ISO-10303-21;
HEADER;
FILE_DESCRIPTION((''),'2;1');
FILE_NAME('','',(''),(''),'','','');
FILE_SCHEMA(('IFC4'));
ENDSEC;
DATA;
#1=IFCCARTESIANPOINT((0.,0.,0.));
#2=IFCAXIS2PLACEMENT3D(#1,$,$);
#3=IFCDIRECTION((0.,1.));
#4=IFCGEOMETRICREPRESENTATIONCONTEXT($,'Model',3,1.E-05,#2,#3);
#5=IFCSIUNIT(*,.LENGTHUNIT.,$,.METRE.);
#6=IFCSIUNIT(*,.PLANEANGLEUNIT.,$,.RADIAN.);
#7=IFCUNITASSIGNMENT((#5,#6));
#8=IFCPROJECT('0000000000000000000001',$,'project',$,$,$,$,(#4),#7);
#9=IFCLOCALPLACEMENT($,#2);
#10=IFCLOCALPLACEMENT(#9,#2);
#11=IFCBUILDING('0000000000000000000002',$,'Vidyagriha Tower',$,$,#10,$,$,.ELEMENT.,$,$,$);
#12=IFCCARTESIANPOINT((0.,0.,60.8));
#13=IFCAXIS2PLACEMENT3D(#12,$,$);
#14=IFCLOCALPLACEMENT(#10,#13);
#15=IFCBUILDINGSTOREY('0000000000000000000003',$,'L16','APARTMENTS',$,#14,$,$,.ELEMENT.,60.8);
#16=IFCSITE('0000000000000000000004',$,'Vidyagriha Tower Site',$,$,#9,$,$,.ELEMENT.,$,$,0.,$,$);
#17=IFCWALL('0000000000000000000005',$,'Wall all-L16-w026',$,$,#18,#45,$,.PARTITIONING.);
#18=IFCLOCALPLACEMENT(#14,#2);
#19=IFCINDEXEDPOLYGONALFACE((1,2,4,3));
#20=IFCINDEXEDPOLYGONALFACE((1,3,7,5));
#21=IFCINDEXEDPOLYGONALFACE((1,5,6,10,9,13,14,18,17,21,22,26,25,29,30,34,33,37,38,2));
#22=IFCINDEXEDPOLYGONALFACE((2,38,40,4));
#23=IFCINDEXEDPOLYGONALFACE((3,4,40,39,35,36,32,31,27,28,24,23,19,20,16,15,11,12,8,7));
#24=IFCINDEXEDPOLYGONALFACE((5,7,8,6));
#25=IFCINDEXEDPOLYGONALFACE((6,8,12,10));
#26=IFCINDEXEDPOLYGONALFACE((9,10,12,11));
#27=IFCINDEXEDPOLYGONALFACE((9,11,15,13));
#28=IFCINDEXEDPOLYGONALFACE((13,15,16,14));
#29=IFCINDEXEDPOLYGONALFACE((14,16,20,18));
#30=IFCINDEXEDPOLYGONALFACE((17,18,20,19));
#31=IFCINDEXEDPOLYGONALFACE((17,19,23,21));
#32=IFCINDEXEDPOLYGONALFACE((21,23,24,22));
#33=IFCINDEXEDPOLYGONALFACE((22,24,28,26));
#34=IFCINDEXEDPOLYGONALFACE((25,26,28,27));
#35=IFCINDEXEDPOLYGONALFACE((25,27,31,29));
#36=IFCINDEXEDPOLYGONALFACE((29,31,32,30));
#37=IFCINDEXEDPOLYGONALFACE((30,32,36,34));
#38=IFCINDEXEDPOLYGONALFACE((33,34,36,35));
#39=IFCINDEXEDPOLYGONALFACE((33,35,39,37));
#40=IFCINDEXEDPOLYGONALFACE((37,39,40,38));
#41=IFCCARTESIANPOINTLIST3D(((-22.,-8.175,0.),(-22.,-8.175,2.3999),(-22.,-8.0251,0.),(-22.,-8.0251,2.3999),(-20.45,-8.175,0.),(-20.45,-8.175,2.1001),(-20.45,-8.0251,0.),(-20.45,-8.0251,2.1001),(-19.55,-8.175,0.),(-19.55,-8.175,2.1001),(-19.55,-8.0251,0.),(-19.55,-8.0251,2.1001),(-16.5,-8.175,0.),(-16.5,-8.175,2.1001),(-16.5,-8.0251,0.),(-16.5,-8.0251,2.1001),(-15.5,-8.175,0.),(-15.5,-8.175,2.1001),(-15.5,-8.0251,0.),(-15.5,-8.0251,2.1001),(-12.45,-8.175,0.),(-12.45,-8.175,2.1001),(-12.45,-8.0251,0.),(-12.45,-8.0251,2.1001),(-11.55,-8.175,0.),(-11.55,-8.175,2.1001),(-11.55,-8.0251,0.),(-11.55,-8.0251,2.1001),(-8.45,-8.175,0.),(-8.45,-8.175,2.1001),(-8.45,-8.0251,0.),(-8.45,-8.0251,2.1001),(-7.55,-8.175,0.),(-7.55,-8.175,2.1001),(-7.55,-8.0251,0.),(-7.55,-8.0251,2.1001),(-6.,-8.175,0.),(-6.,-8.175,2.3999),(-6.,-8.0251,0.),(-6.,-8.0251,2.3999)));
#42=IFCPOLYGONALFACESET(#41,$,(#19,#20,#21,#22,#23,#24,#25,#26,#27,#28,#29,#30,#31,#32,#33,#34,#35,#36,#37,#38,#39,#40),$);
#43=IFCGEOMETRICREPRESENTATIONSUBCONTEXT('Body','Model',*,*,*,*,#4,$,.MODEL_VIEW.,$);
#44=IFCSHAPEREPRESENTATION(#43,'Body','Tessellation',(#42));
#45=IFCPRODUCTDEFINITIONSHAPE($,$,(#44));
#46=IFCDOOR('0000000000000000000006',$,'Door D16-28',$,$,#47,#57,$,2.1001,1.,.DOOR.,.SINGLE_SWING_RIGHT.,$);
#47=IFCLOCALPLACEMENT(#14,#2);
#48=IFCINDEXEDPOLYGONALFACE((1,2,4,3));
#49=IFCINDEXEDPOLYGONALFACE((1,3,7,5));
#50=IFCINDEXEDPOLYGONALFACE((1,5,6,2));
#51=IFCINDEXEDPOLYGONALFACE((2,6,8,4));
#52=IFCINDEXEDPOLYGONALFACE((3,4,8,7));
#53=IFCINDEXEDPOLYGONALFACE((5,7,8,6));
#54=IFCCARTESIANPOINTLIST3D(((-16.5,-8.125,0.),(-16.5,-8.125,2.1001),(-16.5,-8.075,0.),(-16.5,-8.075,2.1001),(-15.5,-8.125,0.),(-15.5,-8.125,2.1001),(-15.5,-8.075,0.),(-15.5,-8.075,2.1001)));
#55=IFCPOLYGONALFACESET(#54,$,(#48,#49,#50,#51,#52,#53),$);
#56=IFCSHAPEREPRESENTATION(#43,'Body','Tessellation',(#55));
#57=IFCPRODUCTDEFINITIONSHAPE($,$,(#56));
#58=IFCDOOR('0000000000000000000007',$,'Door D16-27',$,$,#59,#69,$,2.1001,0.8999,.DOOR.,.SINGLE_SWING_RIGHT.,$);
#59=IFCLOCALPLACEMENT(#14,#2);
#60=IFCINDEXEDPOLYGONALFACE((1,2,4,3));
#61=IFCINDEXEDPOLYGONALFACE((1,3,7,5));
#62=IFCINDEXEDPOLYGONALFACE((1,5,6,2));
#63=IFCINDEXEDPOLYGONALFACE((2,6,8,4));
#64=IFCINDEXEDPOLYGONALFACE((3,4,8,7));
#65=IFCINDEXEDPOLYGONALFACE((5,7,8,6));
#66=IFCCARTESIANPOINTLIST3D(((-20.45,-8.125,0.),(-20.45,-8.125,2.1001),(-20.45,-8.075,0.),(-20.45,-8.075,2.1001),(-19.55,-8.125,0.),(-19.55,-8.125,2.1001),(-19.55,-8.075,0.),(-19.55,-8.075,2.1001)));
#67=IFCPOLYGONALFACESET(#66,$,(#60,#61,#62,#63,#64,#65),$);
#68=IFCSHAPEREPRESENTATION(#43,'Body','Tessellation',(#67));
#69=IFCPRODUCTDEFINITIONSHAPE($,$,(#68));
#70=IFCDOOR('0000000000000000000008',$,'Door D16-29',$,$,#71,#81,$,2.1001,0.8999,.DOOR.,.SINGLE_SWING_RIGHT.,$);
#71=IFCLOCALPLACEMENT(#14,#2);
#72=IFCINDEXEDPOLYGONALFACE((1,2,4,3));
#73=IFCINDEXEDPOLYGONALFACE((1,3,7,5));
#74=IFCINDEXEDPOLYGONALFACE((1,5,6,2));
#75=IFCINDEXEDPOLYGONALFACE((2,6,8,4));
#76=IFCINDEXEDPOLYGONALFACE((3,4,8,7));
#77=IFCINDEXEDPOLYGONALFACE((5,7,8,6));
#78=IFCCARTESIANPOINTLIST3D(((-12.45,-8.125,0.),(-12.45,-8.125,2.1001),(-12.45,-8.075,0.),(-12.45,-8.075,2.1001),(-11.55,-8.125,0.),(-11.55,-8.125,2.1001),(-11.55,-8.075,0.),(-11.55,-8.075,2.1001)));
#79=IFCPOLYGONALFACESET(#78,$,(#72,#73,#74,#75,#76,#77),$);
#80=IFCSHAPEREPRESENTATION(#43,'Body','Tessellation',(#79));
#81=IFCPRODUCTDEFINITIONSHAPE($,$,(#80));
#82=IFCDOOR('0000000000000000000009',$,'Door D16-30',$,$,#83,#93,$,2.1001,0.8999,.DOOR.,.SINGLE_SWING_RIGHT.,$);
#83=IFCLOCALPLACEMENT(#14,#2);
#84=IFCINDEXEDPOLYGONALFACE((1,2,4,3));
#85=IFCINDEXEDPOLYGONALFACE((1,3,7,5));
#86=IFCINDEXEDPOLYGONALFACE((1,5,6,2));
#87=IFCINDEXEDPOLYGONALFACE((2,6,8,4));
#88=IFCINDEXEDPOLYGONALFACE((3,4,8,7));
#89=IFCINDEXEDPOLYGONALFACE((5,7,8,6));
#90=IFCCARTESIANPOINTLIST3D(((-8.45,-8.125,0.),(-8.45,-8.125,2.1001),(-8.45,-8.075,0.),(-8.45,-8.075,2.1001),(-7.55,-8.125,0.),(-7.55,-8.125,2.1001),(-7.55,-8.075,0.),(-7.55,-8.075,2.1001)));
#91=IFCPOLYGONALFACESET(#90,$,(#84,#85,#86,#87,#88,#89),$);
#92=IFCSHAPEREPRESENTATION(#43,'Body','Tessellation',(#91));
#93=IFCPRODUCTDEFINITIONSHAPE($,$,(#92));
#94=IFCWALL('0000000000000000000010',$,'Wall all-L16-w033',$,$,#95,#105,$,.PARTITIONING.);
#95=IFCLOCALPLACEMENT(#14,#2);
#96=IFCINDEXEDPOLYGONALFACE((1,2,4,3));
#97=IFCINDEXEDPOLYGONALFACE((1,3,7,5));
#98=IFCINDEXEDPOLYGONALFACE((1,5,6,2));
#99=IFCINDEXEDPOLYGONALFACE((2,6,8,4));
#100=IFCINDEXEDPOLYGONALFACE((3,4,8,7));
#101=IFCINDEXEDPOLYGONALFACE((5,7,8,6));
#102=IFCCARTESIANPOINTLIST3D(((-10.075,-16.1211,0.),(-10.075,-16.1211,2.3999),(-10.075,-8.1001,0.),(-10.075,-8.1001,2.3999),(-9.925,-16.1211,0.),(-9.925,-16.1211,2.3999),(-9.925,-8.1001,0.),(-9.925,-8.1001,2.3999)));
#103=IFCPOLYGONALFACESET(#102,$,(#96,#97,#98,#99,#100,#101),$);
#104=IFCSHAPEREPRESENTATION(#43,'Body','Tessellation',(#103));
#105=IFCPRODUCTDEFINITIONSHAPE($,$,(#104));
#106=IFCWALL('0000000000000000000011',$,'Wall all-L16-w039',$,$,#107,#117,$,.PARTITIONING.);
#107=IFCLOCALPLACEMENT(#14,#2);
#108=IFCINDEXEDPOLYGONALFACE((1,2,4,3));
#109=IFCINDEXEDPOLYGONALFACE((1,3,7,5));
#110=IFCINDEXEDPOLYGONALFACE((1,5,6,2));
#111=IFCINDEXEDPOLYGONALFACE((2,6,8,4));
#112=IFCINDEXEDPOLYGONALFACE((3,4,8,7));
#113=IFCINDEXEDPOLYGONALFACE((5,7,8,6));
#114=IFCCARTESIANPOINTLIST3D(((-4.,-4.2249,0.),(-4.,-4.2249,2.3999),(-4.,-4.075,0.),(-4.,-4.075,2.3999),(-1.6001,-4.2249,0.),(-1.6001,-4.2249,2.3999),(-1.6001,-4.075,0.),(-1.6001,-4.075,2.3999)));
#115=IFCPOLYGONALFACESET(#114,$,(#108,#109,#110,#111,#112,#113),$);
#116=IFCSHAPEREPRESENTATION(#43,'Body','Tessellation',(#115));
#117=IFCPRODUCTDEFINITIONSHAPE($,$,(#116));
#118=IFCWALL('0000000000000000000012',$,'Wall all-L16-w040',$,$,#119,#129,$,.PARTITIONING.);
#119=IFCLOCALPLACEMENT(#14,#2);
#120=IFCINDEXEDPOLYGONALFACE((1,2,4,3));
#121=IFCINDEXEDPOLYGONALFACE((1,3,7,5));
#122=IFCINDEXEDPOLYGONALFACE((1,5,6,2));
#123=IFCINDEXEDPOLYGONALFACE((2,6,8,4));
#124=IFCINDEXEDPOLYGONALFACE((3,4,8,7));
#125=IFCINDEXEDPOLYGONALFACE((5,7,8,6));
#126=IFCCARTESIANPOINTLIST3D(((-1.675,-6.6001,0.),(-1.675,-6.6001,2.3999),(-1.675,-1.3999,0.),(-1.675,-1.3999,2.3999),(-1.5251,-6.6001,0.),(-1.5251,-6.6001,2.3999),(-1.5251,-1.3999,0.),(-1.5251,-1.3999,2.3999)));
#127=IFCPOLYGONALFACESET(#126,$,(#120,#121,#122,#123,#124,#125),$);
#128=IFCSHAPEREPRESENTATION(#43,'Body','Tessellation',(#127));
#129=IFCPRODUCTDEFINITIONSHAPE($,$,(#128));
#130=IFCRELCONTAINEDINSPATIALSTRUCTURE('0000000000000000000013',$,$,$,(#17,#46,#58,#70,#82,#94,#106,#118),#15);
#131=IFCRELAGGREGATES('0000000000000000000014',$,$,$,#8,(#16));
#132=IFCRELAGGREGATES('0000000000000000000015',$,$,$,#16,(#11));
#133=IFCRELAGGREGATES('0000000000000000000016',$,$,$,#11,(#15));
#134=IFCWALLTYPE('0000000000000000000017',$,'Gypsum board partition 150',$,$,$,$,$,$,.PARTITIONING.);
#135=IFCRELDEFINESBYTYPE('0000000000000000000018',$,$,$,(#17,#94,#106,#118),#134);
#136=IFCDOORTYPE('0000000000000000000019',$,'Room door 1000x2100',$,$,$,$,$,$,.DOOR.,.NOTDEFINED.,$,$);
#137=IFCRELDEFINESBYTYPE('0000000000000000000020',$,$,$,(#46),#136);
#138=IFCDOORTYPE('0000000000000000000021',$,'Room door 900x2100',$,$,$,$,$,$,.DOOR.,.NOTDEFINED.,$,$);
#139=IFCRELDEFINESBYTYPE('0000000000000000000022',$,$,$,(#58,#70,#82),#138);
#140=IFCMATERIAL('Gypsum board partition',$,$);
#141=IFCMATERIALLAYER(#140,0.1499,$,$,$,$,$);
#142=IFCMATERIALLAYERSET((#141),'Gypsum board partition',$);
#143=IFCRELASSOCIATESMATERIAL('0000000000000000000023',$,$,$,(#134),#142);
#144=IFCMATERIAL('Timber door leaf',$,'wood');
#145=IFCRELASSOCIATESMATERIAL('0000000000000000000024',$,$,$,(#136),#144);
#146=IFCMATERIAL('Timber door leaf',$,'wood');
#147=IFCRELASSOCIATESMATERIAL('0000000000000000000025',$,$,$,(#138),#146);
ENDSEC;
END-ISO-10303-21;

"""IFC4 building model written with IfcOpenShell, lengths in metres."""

from ifc_helpers import new_model, si_unit, direction, frame, frame_2d, origin, place, context, subcontext, project, spatial, rectangle, extrude, material, layer, layer_set, type_object, element, fill, save


model = new_model("IFC4")

# Units and contexts
model_context = context("Model", 3, precision=1e-05, world=origin(), true_north=direction((0.0, 1.0)))
body_context = subcontext(model_context, "Body", "Model", "MODEL_VIEW")
ifc_project = project(units=[si_unit("LENGTHUNIT", "METRE"), si_unit("PLANEANGLEUNIT", "RADIAN")], contexts=[model_context])

# Site, building, storey
site_placement = place(None, origin())
site = spatial("IfcSite", under=ifc_project, at=site_placement, Name="Vidyagriha Tower Site", CompositionType="ELEMENT", RefElevation=0.0)
building_placement = place(site_placement, origin())
building = spatial("IfcBuilding", under=site, at=building_placement, Name="Vidyagriha Tower", CompositionType="ELEMENT")
storey_placement = place(building_placement, frame((0.0, 0.0, 60.8)))
storey = spatial("IfcBuildingStorey", under=building, at=storey_placement, Name="L16", Description="APARTMENTS", CompositionType="ELEMENT", Elevation=60.8)

# Shared definitions
ifc_material_1 = material(Name="Gypsum board partition")
ifc_layer_1 = layer(ifc_material_1, 0.1499)
ifc_layer_set_1 = layer_set([ifc_layer_1], Name="Gypsum board partition")
wall_type_1 = type_object("IfcWallType", Name="Gypsum board partition 150", PredefinedType="PARTITIONING", material=ifc_layer_set_1)

# Wall, openings, doors
wall_1_placement = place(storey_placement, frame((-6.0, -8.1001, 0.0), z_axis=(0.0, 0.0, 1.0), x_axis=(-1.0, 0.0, 0.0)))
wall_1 = element("IfcWall", 1, at=wall_1_placement, inside=storey, type_object=wall_type_1, Name="Wall all-L16-w026", PredefinedType="PARTITIONING", context=body_context, shape_type="SweptSolid", body=[
    extrude(rectangle(XDim=16.0, YDim=0.1499, at=frame_2d((8.0, 0.0))), origin(), (0.0, 0.0, 1.0), 2.3999),
])
opening_1_placement = place(wall_1_placement, frame((13.55, 0.0, 0.0)))
opening_1 = element("IfcOpeningElement", 2, at=opening_1_placement, cuts=wall_1, PredefinedType="OPENING", context=body_context, shape_type="SweptSolid", body=[
    extrude(rectangle(XDim=0.8999, YDim=2.1001, at=frame_2d((0.45, 1.05))), frame((0.0, 0.085, 0.0), z_axis=(0.0, -1.0, 0.0), x_axis=(1.0, 0.0, 0.0)), (0.0, 0.0, 1.0), 0.1699),
])
opening_2_placement = place(wall_1_placement, frame((9.5, 0.0, 0.0)))
opening_2 = element("IfcOpeningElement", 3, at=opening_2_placement, cuts=wall_1, PredefinedType="OPENING", context=body_context, shape_type="SweptSolid", body=[
    extrude(rectangle(XDim=1.0, YDim=2.1001, at=frame_2d((0.5, 1.05))), frame((0.0, 0.085, 0.0), z_axis=(0.0, -1.0, 0.0), x_axis=(1.0, 0.0, 0.0)), (0.0, 0.0, 1.0), 0.1699),
])
opening_3_placement = place(wall_1_placement, frame((5.55, 0.0, 0.0)))
opening_3 = element("IfcOpeningElement", 4, at=opening_3_placement, cuts=wall_1, PredefinedType="OPENING", context=body_context, shape_type="SweptSolid", body=[
    extrude(rectangle(XDim=0.8999, YDim=2.1001, at=frame_2d((0.45, 1.05))), frame((0.0, 0.085, 0.0), z_axis=(0.0, -1.0, 0.0), x_axis=(1.0, 0.0, 0.0)), (0.0, 0.0, 1.0), 0.1699),
])
opening_4_placement = place(wall_1_placement, frame((1.55, 0.0, 0.0)))
opening_4 = element("IfcOpeningElement", 5, at=opening_4_placement, cuts=wall_1, PredefinedType="OPENING", context=body_context, shape_type="SweptSolid", body=[
    extrude(rectangle(XDim=0.8999, YDim=2.1001, at=frame_2d((0.45, 1.05))), frame((0.0, 0.085, 0.0), z_axis=(0.0, -1.0, 0.0), x_axis=(1.0, 0.0, 0.0)), (0.0, 0.0, 1.0), 0.1699),
])
ifc_material_2 = material(Name="Timber door leaf", Category="wood")
door_type_1 = type_object("IfcDoorType", Name="Room door 1000x2100", OperationType="NOTDEFINED", PredefinedType="DOOR", material=ifc_material_2)
door_1_placement = place(opening_2_placement, origin())
door_1 = element("IfcDoor", 6, at=door_1_placement, inside=storey, type_object=door_type_1, Name="Door D16-28", OperationType="SINGLE_SWING_RIGHT", OverallHeight=2.1001, OverallWidth=1.0, PredefinedType="DOOR", context=body_context, shape_type="SweptSolid", body=[
    extrude(rectangle(XDim=1.0, YDim=2.1001, at=frame_2d((0.5, 1.05))), frame((0.0, 0.0249, 0.0), z_axis=(0.0, -1.0, 0.0), x_axis=(1.0, 0.0, 0.0)), (0.0, 0.0, 1.0), 0.05),
])
fill(opening_2, door_1)
ifc_material_3 = material(Name="Timber door leaf", Category="wood")
door_type_2 = type_object("IfcDoorType", Name="Room door 900x2100", OperationType="NOTDEFINED", PredefinedType="DOOR", material=ifc_material_3)
door_2_placement = place(opening_1_placement, origin())
door_2 = element("IfcDoor", 7, at=door_2_placement, inside=storey, type_object=door_type_2, Name="Door D16-27", OperationType="SINGLE_SWING_RIGHT", OverallHeight=2.1001, OverallWidth=0.8999, PredefinedType="DOOR", context=body_context, shape_type="SweptSolid", body=[
    extrude(rectangle(XDim=0.8999, YDim=2.1001, at=frame_2d((0.45, 1.05))), frame((0.0, 0.0249, 0.0), z_axis=(0.0, -1.0, 0.0), x_axis=(1.0, 0.0, 0.0)), (0.0, 0.0, 1.0), 0.05),
])
fill(opening_1, door_2)
door_3_placement = place(opening_3_placement, origin())
door_3 = element("IfcDoor", 8, at=door_3_placement, inside=storey, type_object=door_type_2, Name="Door D16-29", OperationType="SINGLE_SWING_RIGHT", OverallHeight=2.1001, OverallWidth=0.8999, PredefinedType="DOOR", context=body_context, shape_type="SweptSolid", body=[
    extrude(rectangle(XDim=0.8999, YDim=2.1001, at=frame_2d((0.45, 1.05))), frame((0.0, 0.0249, 0.0), z_axis=(0.0, -1.0, 0.0), x_axis=(1.0, 0.0, 0.0)), (0.0, 0.0, 1.0), 0.05),
])
fill(opening_3, door_3)
door_4_placement = place(opening_4_placement, origin())
door_4 = element("IfcDoor", 9, at=door_4_placement, inside=storey, type_object=door_type_2, Name="Door D16-30", OperationType="SINGLE_SWING_RIGHT", OverallHeight=2.1001, OverallWidth=0.8999, PredefinedType="DOOR", context=body_context, shape_type="SweptSolid", body=[
    extrude(rectangle(XDim=0.8999, YDim=2.1001, at=frame_2d((0.45, 1.05))), frame((0.0, 0.0249, 0.0), z_axis=(0.0, -1.0, 0.0), x_axis=(1.0, 0.0, 0.0)), (0.0, 0.0, 1.0), 0.05),
])
fill(opening_4, door_4)

# Walls
wall_2_placement = place(storey_placement, frame((-10.0, -8.1001, 0.0), z_axis=(0.0, 0.0, 1.0), x_axis=(0.0, -1.0, 0.0)))
element("IfcWall", 10, at=wall_2_placement, inside=storey, type_object=wall_type_1, Name="Wall all-L16-w033", PredefinedType="PARTITIONING", context=body_context, shape_type="SweptSolid", body=[
    extrude(rectangle(XDim=8.021, YDim=0.1499, at=frame_2d((4.0105, 0.0))), origin(), (0.0, 0.0, 1.0), 2.3999),
])
wall_3_placement = place(storey_placement, frame((-1.6001, -4.1499, 0.0), z_axis=(0.0, 0.0, 1.0), x_axis=(-1.0, 0.0, 0.0)))
element("IfcWall", 11, at=wall_3_placement, inside=storey, type_object=wall_type_1, Name="Wall all-L16-w039", PredefinedType="PARTITIONING", context=body_context, shape_type="SweptSolid", body=[
    extrude(rectangle(XDim=2.3999, YDim=0.1499, at=frame_2d((1.2, 0.0))), origin(), (0.0, 0.0, 1.0), 2.3999),
])
wall_4_placement = place(storey_placement, frame((-1.6001, -1.3999, 0.0), z_axis=(0.0, 0.0, 1.0), x_axis=(0.0, -1.0, 0.0)))
element("IfcWall", 12, at=wall_4_placement, inside=storey, type_object=wall_type_1, Name="Wall all-L16-w040", PredefinedType="PARTITIONING", context=body_context, shape_type="SweptSolid", body=[
    extrude(rectangle(XDim=5.2002, YDim=0.1499, at=frame_2d((2.6001, 0.0))), origin(), (0.0, 0.0, 1.0), 2.3999),
])

save(model, "model.ifc")
